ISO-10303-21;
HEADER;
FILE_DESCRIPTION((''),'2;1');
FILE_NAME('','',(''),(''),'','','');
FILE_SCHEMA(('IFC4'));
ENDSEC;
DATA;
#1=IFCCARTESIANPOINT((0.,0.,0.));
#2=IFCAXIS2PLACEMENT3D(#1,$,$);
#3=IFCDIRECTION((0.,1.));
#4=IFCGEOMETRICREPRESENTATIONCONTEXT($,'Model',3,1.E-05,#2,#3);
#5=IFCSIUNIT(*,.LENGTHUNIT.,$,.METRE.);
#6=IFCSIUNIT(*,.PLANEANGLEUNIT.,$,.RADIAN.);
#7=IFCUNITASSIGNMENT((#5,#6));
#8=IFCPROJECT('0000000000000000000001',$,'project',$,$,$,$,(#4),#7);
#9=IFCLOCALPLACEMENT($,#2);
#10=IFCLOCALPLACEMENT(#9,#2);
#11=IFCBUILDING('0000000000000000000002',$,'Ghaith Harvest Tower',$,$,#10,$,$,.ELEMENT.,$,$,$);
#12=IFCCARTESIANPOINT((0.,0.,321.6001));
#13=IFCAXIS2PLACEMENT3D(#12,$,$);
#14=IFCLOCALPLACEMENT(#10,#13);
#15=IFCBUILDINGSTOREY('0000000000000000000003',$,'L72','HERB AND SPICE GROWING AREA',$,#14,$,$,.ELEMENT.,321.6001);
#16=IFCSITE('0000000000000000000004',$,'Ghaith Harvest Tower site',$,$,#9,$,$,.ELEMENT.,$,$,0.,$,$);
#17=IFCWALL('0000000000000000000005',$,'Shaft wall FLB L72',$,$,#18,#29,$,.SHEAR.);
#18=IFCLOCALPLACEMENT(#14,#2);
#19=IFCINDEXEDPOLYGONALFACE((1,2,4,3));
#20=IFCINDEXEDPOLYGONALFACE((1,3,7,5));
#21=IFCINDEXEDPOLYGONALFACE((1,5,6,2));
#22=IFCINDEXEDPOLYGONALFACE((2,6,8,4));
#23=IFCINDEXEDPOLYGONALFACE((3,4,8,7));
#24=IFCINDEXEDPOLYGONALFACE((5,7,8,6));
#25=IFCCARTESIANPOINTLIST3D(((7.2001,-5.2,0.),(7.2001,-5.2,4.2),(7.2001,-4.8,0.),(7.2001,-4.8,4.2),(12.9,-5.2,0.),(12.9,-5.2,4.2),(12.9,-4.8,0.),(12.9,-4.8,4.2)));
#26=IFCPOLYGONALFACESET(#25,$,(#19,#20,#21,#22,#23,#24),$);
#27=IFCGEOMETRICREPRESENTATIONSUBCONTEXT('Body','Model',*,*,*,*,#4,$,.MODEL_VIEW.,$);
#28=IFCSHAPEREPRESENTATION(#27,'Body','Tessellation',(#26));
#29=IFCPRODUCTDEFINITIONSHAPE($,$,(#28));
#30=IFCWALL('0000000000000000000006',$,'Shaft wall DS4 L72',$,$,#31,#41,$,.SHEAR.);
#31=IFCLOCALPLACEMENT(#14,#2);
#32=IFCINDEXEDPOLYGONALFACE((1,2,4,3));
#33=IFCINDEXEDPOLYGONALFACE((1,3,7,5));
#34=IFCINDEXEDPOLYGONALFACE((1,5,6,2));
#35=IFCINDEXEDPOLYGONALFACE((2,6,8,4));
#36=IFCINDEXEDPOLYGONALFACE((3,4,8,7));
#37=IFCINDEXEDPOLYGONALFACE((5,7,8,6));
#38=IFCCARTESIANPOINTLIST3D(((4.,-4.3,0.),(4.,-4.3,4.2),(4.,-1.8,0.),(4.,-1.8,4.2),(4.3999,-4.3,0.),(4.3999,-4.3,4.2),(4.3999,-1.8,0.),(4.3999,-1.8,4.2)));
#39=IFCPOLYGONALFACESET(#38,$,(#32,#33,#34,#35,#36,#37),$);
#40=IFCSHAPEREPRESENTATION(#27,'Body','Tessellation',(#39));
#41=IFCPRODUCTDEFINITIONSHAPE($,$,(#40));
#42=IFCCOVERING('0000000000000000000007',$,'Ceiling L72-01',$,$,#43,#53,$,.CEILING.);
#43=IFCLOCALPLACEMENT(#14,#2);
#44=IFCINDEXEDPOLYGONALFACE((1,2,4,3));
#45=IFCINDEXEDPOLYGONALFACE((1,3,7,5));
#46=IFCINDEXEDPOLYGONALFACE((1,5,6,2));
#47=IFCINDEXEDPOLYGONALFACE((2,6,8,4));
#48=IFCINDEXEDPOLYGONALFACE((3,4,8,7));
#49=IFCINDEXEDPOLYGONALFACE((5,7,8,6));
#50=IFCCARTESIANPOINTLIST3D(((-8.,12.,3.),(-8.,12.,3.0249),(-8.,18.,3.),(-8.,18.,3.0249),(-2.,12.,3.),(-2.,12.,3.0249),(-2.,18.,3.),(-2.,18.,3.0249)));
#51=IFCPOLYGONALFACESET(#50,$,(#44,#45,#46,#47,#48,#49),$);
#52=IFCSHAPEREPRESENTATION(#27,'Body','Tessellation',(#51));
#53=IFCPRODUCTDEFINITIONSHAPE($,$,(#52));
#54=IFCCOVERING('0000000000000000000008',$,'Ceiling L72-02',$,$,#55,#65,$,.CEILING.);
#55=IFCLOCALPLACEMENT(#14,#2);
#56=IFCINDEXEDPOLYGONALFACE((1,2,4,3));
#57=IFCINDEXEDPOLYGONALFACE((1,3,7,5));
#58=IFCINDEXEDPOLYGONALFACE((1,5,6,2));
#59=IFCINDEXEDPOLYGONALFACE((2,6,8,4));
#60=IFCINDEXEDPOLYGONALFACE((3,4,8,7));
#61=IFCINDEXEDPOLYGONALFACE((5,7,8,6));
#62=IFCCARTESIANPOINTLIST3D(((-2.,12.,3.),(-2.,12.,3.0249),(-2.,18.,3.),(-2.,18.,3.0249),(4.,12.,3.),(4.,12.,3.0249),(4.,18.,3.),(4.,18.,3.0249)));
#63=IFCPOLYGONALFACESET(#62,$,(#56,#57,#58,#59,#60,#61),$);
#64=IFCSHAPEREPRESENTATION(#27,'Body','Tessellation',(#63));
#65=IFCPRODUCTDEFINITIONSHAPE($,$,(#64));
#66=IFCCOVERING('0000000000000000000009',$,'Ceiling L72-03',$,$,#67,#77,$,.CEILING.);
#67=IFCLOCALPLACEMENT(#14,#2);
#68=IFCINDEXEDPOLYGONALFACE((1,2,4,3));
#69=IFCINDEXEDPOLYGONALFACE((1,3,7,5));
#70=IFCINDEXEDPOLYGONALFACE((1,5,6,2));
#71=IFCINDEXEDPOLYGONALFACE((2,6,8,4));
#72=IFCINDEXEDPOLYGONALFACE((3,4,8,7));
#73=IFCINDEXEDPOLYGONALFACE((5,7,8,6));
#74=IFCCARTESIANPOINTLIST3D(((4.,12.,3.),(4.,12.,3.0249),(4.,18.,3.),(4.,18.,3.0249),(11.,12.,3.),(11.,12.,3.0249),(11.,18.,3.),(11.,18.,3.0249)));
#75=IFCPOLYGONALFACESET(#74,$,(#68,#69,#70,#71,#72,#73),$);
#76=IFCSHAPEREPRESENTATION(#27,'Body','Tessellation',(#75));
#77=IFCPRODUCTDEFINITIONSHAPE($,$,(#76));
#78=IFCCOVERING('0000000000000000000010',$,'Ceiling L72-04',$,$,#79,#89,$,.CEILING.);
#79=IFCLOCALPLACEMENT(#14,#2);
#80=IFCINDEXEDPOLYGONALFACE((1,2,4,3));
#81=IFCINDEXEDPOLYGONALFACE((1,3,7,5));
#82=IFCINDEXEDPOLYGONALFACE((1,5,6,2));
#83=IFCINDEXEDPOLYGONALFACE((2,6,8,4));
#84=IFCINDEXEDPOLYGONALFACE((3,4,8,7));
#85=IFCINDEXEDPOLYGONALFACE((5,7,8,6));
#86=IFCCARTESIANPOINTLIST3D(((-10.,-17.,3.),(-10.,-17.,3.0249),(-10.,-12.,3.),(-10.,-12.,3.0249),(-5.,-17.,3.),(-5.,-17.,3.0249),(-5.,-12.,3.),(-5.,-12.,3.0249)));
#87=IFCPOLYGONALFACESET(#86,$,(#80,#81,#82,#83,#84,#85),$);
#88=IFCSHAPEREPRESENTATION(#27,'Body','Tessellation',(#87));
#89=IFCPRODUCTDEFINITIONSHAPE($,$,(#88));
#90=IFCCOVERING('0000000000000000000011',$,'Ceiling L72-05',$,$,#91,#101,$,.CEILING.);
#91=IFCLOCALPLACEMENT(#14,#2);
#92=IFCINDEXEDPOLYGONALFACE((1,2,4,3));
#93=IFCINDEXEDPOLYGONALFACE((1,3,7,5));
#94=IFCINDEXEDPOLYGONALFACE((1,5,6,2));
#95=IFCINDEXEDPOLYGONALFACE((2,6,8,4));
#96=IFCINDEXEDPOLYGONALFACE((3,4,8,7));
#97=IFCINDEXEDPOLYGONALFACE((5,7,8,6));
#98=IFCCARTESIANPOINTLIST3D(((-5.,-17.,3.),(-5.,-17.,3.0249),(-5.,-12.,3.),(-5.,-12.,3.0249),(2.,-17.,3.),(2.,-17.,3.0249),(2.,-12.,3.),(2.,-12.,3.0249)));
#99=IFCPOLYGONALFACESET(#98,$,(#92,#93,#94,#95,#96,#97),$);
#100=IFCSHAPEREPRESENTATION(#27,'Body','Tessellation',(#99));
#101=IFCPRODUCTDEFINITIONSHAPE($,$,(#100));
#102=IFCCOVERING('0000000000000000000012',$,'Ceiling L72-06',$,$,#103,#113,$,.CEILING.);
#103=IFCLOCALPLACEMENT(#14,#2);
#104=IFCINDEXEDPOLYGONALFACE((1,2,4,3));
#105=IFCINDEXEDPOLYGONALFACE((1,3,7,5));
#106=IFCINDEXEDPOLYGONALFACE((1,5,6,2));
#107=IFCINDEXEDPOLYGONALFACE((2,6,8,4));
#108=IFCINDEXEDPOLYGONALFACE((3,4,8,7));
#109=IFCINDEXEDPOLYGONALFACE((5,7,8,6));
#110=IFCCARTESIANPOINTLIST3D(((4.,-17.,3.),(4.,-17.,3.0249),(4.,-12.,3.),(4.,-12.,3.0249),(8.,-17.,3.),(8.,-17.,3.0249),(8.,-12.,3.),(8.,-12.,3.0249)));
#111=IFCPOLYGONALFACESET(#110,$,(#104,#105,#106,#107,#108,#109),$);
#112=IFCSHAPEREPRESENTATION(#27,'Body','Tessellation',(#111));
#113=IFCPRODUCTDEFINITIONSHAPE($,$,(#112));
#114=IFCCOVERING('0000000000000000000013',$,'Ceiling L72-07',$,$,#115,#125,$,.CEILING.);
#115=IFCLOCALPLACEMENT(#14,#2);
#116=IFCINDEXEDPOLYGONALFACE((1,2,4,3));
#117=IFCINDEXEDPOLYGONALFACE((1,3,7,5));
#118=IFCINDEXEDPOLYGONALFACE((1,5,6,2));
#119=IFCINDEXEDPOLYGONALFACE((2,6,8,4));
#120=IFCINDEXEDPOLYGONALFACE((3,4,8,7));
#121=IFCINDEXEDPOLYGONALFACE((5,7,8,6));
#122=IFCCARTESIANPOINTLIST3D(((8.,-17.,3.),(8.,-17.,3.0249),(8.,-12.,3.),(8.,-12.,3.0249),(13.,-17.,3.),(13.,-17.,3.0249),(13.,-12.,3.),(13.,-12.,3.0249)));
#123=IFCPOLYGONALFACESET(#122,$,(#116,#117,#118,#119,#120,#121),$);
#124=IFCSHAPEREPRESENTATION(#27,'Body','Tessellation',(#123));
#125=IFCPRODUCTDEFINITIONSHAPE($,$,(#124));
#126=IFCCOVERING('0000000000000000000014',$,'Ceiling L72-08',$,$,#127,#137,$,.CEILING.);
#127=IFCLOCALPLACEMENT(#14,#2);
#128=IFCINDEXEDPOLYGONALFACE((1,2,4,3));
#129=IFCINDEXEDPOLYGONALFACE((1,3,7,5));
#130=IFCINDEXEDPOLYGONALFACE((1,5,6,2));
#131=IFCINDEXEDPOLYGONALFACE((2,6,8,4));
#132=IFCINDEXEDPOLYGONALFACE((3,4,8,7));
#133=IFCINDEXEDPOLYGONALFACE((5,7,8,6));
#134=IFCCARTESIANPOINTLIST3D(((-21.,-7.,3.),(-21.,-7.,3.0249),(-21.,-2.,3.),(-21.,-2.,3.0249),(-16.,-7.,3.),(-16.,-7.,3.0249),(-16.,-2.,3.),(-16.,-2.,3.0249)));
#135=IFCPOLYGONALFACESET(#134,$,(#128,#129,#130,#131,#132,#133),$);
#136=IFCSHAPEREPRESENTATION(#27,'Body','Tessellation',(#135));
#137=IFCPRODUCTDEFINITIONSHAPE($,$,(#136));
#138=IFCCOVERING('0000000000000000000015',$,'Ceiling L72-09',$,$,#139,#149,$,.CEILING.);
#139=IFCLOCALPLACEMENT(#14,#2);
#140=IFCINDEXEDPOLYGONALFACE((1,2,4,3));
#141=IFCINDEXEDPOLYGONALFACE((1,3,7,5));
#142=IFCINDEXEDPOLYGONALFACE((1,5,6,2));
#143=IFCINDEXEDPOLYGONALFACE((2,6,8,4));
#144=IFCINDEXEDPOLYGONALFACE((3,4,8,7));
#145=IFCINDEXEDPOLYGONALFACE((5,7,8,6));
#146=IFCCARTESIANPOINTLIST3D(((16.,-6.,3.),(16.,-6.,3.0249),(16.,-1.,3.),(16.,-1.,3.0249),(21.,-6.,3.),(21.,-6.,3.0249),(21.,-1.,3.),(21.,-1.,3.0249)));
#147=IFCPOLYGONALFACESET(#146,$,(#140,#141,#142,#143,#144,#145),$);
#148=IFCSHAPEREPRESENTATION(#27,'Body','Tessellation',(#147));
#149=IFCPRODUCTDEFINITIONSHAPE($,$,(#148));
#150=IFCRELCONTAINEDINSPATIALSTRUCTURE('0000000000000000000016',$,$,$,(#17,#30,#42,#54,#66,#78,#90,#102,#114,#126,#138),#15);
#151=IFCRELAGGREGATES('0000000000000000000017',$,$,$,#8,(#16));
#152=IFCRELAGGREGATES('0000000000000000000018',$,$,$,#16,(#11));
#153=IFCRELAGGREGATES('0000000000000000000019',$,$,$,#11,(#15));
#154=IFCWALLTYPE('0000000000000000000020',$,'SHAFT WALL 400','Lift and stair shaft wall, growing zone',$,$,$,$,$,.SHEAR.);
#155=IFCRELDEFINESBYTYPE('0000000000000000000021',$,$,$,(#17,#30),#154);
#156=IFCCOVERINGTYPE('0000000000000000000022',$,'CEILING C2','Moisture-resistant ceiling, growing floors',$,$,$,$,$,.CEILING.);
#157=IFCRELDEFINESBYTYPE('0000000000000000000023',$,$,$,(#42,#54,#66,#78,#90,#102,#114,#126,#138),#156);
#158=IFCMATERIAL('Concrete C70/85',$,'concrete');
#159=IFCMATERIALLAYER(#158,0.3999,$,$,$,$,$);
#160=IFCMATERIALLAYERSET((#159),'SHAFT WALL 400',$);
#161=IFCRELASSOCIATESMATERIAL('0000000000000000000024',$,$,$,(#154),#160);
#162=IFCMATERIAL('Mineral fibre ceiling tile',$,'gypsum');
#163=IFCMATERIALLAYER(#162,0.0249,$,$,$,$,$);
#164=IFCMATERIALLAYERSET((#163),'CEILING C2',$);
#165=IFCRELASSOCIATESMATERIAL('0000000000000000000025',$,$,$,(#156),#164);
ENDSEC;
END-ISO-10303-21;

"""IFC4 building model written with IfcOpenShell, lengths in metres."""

from ifc_helpers import new_model, si_unit, direction, frame, frame_2d, origin, place, context, subcontext, project, spatial, polyline, rectangle, outline, extrude, material, layer, layer_set, type_object, element, save


model = new_model("IFC4")

# Units and contexts
model_context = context("Model", 3, precision=1e-05, world=origin(), true_north=direction((0.0, 1.0)))
body_context = subcontext(model_context, "Body", "Model", "MODEL_VIEW")
ifc_project = project(units=[si_unit("LENGTHUNIT", "METRE"), si_unit("PLANEANGLEUNIT", "RADIAN")], contexts=[model_context])

# Site, building, storey
site_placement = place(None, origin())
site = spatial("IfcSite", under=ifc_project, at=site_placement, Name="Ghaith Harvest Tower site", CompositionType="ELEMENT", RefElevation=0.0)
building_placement = place(site_placement, origin())
building = spatial("IfcBuilding", under=site, at=building_placement, Name="Ghaith Harvest Tower", CompositionType="ELEMENT")
storey_placement = place(building_placement, frame((0.0, 0.0, 321.6001)))
storey = spatial("IfcBuildingStorey", under=building, at=storey_placement, Name="L72", Description="HERB AND SPICE GROWING AREA", CompositionType="ELEMENT", Elevation=321.6001)

# Shared definitions
ifc_material_1 = material(Name="Concrete C70/85", Category="concrete")
ifc_layer_1 = layer(ifc_material_1, 0.3999)
ifc_layer_set_1 = layer_set([ifc_layer_1], Name="SHAFT WALL 400")
wall_type_1 = type_object("IfcWallType", Name="SHAFT WALL 400", Description="Lift and stair shaft wall, growing zone", PredefinedType="SHEAR", material=ifc_layer_set_1)

# Walls
wall_1_placement = place(storey_placement, frame((7.2, -5.0, 0.0), z_axis=(0.0, 0.0, 1.0), x_axis=(1.0, 0.0, 0.0)))
element("IfcWall", 1, at=wall_1_placement, inside=storey, type_object=wall_type_1, Name="Shaft wall FLB L72", PredefinedType="SHEAR", context=body_context, shape_type="SweptSolid", body=[
    extrude(rectangle(XDim=5.7, YDim=0.3999, at=frame_2d((2.8501, 0.0))), origin(), (0.0, 0.0, 1.0), 4.2),
])
wall_2_placement = place(storey_placement, frame((4.2, -4.3, 0.0), z_axis=(0.0, 0.0, 1.0), x_axis=(0.0, 1.0, 0.0)))
element("IfcWall", 2, at=wall_2_placement, inside=storey, type_object=wall_type_1, Name="Shaft wall DS4 L72", PredefinedType="SHEAR", context=body_context, shape_type="SweptSolid", body=[
    extrude(rectangle(XDim=2.5, YDim=0.3999, at=frame_2d((1.25, 0.0))), origin(), (0.0, 0.0, 1.0), 4.2),
])

# Coverings
ifc_material_2 = material(Name="Mineral fibre ceiling tile", Category="gypsum")
ifc_layer_2 = layer(ifc_material_2, 0.0249)
ifc_layer_set_2 = layer_set([ifc_layer_2], Name="CEILING C2")
covering_type = type_object("IfcCoveringType", Name="CEILING C2", Description="Moisture-resistant ceiling, growing floors", PredefinedType="CEILING", material=ifc_layer_set_2)
covering_1_placement = place(storey_placement, frame((0.0, 0.0, 3.0)))
element("IfcCovering", 3, at=covering_1_placement, inside=storey, type_object=covering_type, Name="Ceiling L72-01", PredefinedType="CEILING", context=body_context, shape_type="SweptSolid", body=[
    extrude(outline(polyline([(-8.0, 12.0), (-2.0, 12.0), (-2.0, 18.0), (-8.0, 18.0), (-8.0, 12.0)])), origin(), (0.0, 0.0, 1.0), 0.0249),
])
covering_2_placement = place(storey_placement, frame((0.0, 0.0, 3.0)))
element("IfcCovering", 4, at=covering_2_placement, inside=storey, type_object=covering_type, Name="Ceiling L72-02", PredefinedType="CEILING", context=body_context, shape_type="SweptSolid", body=[
    extrude(outline(polyline([(-2.0, 12.0), (4.0, 12.0), (4.0, 18.0), (-2.0, 18.0), (-2.0, 12.0)])), origin(), (0.0, 0.0, 1.0), 0.0249),
])
covering_3_placement = place(storey_placement, frame((0.0, 0.0, 3.0)))
element("IfcCovering", 5, at=covering_3_placement, inside=storey, type_object=covering_type, Name="Ceiling L72-03", PredefinedType="CEILING", context=body_context, shape_type="SweptSolid", body=[
    extrude(outline(polyline([(4.0, 12.0), (11.0, 12.0), (11.0, 18.0), (4.0, 18.0), (4.0, 12.0)])), origin(), (0.0, 0.0, 1.0), 0.0249),
])
covering_4_placement = place(storey_placement, frame((0.0, 0.0, 3.0)))
element("IfcCovering", 6, at=covering_4_placement, inside=storey, type_object=covering_type, Name="Ceiling L72-04", PredefinedType="CEILING", context=body_context, shape_type="SweptSolid", body=[
    extrude(outline(polyline([(-10.0, -17.0), (-5.0, -17.0), (-5.0, -12.0), (-10.0, -12.0), (-10.0, -17.0)])), origin(), (0.0, 0.0, 1.0), 0.0249),
])
covering_5_placement = place(storey_placement, frame((0.0, 0.0, 3.0)))
element("IfcCovering", 7, at=covering_5_placement, inside=storey, type_object=covering_type, Name="Ceiling L72-05", PredefinedType="CEILING", context=body_context, shape_type="SweptSolid", body=[
    extrude(outline(polyline([(-5.0, -17.0), (2.0, -17.0), (2.0, -12.0), (-5.0, -12.0), (-5.0, -17.0)])), origin(), (0.0, 0.0, 1.0), 0.0249),
])
covering_6_placement = place(storey_placement, frame((0.0, 0.0, 3.0)))
element("IfcCovering", 8, at=covering_6_placement, inside=storey, type_object=covering_type, Name="Ceiling L72-06", PredefinedType="CEILING", context=body_context, shape_type="SweptSolid", body=[
    extrude(outline(polyline([(4.0, -17.0), (8.0, -17.0), (8.0, -12.0), (4.0, -12.0), (4.0, -17.0)])), origin(), (0.0, 0.0, 1.0), 0.0249),
])
covering_7_placement = place(storey_placement, frame((0.0, 0.0, 3.0)))
element("IfcCovering", 9, at=covering_7_placement, inside=storey, type_object=covering_type, Name="Ceiling L72-07", PredefinedType="CEILING", context=body_context, shape_type="SweptSolid", body=[
    extrude(outline(polyline([(8.0, -17.0), (13.0, -17.0), (13.0, -12.0), (8.0, -12.0), (8.0, -17.0)])), origin(), (0.0, 0.0, 1.0), 0.0249),
])
covering_8_placement = place(storey_placement, frame((0.0, 0.0, 3.0)))
element("IfcCovering", 10, at=covering_8_placement, inside=storey, type_object=covering_type, Name="Ceiling L72-08", PredefinedType="CEILING", context=body_context, shape_type="SweptSolid", body=[
    extrude(outline(polyline([(-21.0, -7.0), (-16.0, -7.0), (-16.0, -2.0), (-21.0, -2.0), (-21.0, -7.0)])), origin(), (0.0, 0.0, 1.0), 0.0249),
])
covering_9_placement = place(storey_placement, frame((0.0, 0.0, 3.0)))
element("IfcCovering", 11, at=covering_9_placement, inside=storey, type_object=covering_type, Name="Ceiling L72-09", PredefinedType="CEILING", context=body_context, shape_type="SweptSolid", body=[
    extrude(outline(polyline([(16.0, -6.0), (21.0, -6.0), (21.0, -1.0), (16.0, -1.0), (16.0, -6.0)])), origin(), (0.0, 0.0, 1.0), 0.0249),
])

save(model, "model.ifc")
